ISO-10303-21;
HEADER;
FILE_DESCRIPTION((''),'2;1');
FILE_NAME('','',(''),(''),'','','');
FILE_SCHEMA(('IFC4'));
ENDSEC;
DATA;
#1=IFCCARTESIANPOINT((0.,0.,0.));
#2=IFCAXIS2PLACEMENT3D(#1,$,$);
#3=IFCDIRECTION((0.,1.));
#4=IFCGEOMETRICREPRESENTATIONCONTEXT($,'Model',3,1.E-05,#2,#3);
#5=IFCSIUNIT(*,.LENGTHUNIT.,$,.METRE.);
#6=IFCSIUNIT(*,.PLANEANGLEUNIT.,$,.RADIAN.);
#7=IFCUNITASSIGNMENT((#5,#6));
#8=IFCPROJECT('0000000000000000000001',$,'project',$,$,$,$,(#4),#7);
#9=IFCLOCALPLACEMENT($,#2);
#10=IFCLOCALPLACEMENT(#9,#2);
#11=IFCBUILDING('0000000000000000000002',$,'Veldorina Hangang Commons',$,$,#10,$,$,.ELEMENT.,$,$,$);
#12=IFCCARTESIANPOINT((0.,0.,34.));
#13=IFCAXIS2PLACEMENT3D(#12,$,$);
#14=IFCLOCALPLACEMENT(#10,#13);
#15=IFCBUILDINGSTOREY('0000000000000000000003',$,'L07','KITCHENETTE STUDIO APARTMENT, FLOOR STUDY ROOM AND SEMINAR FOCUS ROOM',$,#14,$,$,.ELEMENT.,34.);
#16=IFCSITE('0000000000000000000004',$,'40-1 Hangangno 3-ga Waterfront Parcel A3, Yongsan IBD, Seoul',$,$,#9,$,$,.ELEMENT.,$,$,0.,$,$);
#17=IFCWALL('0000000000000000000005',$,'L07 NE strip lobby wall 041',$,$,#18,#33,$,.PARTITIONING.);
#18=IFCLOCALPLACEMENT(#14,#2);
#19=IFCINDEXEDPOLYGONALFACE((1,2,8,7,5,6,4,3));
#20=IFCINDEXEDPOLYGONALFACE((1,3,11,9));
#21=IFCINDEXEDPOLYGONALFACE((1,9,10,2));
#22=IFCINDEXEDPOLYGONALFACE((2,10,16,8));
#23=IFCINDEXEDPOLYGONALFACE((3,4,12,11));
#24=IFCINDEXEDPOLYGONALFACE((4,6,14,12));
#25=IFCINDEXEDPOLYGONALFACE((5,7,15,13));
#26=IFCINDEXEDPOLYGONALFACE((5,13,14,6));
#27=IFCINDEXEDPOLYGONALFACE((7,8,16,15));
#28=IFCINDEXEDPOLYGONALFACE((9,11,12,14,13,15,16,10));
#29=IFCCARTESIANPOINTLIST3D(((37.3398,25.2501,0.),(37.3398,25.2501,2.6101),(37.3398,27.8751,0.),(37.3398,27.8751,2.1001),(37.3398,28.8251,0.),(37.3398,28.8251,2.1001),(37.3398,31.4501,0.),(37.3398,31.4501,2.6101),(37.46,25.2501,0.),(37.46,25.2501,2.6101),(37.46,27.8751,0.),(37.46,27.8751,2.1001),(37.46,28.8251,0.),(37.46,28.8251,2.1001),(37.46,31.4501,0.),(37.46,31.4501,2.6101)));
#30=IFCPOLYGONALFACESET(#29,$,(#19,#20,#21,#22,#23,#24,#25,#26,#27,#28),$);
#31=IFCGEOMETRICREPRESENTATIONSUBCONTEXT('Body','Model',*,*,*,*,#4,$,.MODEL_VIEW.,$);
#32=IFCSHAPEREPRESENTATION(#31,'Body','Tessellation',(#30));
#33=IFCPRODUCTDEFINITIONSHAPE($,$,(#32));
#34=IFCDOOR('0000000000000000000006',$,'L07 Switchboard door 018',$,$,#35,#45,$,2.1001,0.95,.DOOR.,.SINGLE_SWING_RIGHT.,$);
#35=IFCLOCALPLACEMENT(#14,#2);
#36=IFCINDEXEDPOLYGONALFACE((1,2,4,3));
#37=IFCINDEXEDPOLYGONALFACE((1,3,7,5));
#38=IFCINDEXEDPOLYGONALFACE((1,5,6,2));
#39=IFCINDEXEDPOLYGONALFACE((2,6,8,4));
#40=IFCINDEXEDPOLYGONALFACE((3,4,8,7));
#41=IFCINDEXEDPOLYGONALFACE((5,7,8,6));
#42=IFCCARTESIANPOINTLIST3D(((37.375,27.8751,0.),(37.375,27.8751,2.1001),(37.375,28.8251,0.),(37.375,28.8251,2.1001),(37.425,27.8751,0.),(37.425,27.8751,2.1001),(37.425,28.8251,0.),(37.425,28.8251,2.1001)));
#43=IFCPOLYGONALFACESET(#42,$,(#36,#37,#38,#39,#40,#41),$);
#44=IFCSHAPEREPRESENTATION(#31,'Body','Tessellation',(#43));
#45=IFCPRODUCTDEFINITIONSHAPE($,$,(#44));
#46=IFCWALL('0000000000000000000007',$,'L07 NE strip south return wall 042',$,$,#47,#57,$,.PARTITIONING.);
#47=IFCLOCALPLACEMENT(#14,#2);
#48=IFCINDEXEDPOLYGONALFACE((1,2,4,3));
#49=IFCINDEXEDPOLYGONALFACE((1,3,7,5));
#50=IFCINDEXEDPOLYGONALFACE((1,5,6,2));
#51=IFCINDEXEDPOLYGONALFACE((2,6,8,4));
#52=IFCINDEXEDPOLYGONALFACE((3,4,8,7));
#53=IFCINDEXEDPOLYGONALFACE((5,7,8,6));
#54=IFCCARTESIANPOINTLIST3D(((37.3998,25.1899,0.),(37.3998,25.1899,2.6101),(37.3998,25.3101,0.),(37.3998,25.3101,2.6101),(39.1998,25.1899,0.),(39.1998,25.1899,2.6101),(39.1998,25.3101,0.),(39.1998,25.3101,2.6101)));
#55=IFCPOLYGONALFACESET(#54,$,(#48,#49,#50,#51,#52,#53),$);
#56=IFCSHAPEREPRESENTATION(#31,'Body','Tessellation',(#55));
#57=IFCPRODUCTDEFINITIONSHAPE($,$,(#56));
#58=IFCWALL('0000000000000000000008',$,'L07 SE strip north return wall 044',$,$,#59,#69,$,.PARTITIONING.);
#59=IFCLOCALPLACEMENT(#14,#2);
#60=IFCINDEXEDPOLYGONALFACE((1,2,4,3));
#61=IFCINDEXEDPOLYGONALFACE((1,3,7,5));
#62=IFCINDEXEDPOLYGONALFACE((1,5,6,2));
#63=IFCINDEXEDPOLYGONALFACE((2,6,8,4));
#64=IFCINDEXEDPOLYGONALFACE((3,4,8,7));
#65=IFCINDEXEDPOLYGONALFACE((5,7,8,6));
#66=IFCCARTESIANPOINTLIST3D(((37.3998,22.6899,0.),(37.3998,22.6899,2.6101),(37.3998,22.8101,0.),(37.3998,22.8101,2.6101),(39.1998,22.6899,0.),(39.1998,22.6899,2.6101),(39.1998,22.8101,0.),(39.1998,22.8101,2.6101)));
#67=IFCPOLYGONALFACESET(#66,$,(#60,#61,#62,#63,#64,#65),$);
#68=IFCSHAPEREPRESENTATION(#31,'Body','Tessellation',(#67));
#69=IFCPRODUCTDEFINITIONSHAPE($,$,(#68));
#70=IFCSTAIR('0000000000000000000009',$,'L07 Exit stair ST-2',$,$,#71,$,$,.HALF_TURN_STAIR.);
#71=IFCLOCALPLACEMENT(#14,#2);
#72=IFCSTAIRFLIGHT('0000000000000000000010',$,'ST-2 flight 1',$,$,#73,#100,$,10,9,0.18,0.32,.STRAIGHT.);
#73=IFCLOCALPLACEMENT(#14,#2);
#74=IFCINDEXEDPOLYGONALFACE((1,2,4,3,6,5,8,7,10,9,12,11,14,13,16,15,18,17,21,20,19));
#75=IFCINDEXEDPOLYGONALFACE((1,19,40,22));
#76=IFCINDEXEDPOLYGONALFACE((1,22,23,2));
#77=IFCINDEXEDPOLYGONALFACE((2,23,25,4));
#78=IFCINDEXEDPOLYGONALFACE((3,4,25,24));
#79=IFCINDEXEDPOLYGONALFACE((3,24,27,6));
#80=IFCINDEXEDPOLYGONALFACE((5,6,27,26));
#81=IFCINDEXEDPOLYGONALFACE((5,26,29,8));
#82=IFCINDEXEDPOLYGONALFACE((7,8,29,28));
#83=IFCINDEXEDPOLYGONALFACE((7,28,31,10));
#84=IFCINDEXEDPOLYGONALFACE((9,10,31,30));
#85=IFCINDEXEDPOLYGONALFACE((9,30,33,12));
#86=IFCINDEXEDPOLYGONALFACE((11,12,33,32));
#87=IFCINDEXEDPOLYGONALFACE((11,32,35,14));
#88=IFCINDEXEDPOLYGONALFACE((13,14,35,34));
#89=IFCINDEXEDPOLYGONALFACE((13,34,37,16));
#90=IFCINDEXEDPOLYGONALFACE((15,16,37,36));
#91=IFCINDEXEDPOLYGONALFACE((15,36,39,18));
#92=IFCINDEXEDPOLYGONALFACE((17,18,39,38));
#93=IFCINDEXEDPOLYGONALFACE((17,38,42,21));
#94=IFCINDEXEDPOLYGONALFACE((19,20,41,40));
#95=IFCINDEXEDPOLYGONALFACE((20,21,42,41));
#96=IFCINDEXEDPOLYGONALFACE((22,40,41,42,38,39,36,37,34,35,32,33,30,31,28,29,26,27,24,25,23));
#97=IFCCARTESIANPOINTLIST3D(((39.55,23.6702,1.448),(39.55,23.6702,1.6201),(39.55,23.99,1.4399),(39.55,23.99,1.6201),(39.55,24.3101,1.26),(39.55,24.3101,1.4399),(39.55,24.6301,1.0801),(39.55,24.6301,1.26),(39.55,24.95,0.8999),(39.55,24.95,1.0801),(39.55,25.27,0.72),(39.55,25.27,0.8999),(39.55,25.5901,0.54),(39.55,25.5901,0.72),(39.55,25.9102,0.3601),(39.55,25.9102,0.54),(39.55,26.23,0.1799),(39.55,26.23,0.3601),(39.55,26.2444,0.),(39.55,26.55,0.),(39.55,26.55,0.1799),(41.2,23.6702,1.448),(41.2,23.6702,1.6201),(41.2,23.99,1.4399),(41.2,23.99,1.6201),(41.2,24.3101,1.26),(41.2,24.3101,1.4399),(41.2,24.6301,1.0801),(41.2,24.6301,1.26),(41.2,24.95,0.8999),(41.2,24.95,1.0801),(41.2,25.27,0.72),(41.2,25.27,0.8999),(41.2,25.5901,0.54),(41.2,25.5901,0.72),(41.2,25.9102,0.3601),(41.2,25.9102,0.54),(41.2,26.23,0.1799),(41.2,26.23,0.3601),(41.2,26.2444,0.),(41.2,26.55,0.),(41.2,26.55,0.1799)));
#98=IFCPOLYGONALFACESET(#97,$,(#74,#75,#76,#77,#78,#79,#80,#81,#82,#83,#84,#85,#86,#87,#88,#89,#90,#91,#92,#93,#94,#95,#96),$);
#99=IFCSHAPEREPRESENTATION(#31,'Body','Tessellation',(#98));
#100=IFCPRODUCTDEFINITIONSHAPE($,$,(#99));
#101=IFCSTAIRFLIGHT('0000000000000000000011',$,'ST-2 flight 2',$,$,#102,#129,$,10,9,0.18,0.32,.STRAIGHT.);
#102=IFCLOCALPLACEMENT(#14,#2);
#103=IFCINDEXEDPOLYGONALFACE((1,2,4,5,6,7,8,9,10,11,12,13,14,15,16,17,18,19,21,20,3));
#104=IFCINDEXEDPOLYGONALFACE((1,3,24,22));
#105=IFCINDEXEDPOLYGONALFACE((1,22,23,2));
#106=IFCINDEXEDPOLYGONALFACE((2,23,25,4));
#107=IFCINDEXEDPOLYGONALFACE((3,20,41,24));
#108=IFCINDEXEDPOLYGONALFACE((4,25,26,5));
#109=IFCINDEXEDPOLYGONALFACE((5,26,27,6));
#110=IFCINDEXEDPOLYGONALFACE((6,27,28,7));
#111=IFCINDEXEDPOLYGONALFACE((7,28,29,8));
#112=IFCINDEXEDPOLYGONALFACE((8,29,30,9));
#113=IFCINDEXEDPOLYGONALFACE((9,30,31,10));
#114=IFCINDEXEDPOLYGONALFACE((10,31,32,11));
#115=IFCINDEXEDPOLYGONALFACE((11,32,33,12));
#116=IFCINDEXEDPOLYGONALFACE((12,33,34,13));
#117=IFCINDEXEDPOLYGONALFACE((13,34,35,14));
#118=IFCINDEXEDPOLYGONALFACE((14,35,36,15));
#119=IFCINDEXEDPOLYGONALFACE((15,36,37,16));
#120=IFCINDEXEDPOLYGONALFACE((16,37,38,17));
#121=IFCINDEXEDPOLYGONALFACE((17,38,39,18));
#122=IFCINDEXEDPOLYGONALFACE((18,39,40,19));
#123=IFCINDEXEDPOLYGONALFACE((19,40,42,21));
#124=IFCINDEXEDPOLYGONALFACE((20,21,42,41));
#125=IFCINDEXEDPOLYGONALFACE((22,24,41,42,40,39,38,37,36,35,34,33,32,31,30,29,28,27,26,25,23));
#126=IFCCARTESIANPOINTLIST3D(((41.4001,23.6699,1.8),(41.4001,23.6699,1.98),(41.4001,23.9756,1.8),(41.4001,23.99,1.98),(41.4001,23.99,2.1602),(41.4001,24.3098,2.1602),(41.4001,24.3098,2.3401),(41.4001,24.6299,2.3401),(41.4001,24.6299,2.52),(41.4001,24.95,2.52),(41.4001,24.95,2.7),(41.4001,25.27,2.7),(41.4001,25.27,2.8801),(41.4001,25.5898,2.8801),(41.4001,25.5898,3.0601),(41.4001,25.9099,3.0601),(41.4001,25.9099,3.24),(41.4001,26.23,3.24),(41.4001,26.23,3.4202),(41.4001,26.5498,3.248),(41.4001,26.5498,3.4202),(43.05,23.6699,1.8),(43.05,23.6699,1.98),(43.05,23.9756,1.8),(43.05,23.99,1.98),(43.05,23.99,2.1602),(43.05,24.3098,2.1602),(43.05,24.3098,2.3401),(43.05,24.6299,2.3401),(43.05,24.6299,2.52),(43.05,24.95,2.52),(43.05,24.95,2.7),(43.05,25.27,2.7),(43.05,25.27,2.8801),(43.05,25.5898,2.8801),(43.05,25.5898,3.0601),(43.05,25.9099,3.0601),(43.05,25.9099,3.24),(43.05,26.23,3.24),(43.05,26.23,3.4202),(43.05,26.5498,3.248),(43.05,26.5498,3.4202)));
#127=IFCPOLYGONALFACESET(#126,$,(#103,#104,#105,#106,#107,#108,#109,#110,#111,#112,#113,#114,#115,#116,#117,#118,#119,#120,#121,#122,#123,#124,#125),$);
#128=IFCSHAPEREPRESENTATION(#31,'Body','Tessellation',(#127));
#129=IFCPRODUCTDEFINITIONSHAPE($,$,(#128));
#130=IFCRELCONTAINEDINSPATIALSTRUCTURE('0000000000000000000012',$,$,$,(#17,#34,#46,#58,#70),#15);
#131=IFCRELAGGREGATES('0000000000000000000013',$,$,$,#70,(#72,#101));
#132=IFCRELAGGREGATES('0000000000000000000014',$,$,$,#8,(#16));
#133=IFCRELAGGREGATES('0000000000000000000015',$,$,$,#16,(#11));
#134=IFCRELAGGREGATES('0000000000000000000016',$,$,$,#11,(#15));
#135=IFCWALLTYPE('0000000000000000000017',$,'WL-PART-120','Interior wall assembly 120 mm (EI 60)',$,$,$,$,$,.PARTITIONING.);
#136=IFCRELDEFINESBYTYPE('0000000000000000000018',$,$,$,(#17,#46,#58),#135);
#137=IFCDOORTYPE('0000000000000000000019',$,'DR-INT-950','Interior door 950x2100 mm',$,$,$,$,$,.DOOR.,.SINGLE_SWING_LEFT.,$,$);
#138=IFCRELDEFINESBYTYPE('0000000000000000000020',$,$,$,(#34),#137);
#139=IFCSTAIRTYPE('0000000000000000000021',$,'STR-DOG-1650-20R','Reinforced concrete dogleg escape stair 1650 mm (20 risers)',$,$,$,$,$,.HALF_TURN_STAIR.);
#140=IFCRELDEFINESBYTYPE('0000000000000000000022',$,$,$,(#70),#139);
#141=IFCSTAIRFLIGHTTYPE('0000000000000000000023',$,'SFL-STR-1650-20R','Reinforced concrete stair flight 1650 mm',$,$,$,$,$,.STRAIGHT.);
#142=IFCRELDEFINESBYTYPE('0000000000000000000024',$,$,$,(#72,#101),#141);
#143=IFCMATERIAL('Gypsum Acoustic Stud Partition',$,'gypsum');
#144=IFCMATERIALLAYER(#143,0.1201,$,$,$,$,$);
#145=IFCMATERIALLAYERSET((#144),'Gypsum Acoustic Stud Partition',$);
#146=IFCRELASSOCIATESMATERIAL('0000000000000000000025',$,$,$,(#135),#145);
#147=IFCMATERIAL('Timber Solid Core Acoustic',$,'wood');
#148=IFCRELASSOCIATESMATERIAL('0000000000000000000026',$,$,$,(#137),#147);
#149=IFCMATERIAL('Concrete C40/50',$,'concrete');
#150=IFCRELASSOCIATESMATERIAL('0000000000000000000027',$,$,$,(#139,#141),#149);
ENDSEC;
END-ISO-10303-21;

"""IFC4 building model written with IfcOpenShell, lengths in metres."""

from ifc_helpers import new_model, si_unit, direction, frame, frame_2d, origin, place, context, subcontext, project, spatial, polyline, rectangle, outline, extrude, material, layer, layer_set, type_object, element, fill, aggregate, save


model = new_model("IFC4")

# Units and contexts
model_context = context("Model", 3, precision=1e-05, world=origin(), true_north=direction((0.0, 1.0)))
body_context = subcontext(model_context, "Body", "Model", "MODEL_VIEW")
ifc_project = project(units=[si_unit("LENGTHUNIT", "METRE"), si_unit("PLANEANGLEUNIT", "RADIAN")], contexts=[model_context])

# Site, building, storey
site_placement = place(None, origin())
site = spatial("IfcSite", under=ifc_project, at=site_placement, Name="40-1 Hangangno 3-ga Waterfront Parcel A3, Yongsan IBD, Seoul", CompositionType="ELEMENT", RefElevation=0.0)
building_placement = place(site_placement, origin())
building = spatial("IfcBuilding", under=site, at=building_placement, Name="Veldorina Hangang Commons", CompositionType="ELEMENT")
storey_placement = place(building_placement, frame((0.0, 0.0, 34.0)))
storey = spatial("IfcBuildingStorey", under=building, at=storey_placement, Name="L07", Description="KITCHENETTE STUDIO APARTMENT, FLOOR STUDY ROOM AND SEMINAR FOCUS ROOM", CompositionType="ELEMENT", Elevation=34.0)

# Wall, opening, door
ifc_material_1 = material(Name="Gypsum Acoustic Stud Partition", Category="gypsum")
ifc_layer_1 = layer(ifc_material_1, 0.1201)
ifc_layer_set_1 = layer_set([ifc_layer_1], Name="Gypsum Acoustic Stud Partition")
wall_type_1 = type_object("IfcWallType", Name="WL-PART-120", Description="Interior wall assembly 120 mm (EI 60)", PredefinedType="PARTITIONING", material=ifc_layer_set_1)
wall_1_placement = place(storey_placement, frame((37.3999, 25.25, 0.0), z_axis=(0.0, 0.0, 1.0), x_axis=(0.0, 1.0, 0.0)))
wall_1 = element("IfcWall", 1, at=wall_1_placement, inside=storey, type_object=wall_type_1, Name="L07 NE strip lobby wall 041", PredefinedType="PARTITIONING", context=body_context, shape_type="SweptSolid", body=[
    extrude(rectangle(XDim=6.2, YDim=0.1201, at=frame_2d((3.1001, 0.0))), origin(), (0.0, 0.0, 1.0), 2.6101),
])
opening_1_placement = place(wall_1_placement, frame((2.625, 0.0, 0.0)))
opening_1 = element("IfcOpeningElement", 2, at=opening_1_placement, cuts=wall_1, PredefinedType="OPENING", context=body_context, shape_type="SweptSolid", body=[
    extrude(rectangle(XDim=0.95, YDim=2.1001, at=frame_2d((0.4751, 1.05))), frame((0.0, 0.0701, 0.0), z_axis=(0.0, -1.0, 0.0), x_axis=(1.0, 0.0, 0.0)), (0.0, 0.0, 1.0), 0.1401),
])
ifc_material_2 = material(Name="Timber Solid Core Acoustic", Category="wood")
door_type_1 = type_object("IfcDoorType", Name="DR-INT-950", Description="Interior door 950x2100 mm", OperationType="SINGLE_SWING_LEFT", PredefinedType="DOOR", material=ifc_material_2)
door_1_placement = place(opening_1_placement, origin())
door_1 = element("IfcDoor", 3, at=door_1_placement, inside=storey, type_object=door_type_1, Name="L07 Switchboard door 018", OperationType="SINGLE_SWING_RIGHT", OverallHeight=2.1001, OverallWidth=0.95, PredefinedType="DOOR", context=body_context, shape_type="SweptSolid", body=[
    extrude(rectangle(XDim=0.95, YDim=2.1001, at=frame_2d((0.4751, 1.05))), frame((0.0, 0.0249, 0.0), z_axis=(0.0, -1.0, 0.0), x_axis=(1.0, 0.0, 0.0)), (0.0, 0.0, 1.0), 0.05),
])
fill(opening_1, door_1)

# Walls
for number, where, z_axis, x_axis, name in (
    (4, (37.3999, 25.25, 0.0), (0.0, 0.0, 1.0), (1.0, 0.0, 0.0), "L07 NE strip south return wall 042"),
    (5, (37.3999, 22.75, 0.0), (0.0, 0.0, 1.0), (1.0, 0.0, 0.0), "L07 SE strip north return wall 044"),
):
    element("IfcWall", number, at=place(storey_placement, frame(where, z_axis=z_axis, x_axis=x_axis)), inside=storey, type_object=wall_type_1, Name=name, PredefinedType="PARTITIONING", context=body_context, shape_type="SweptSolid", body=[
        extrude(rectangle(XDim=1.8, YDim=0.1201, at=frame_2d((0.8999, 0.0))), origin(), (0.0, 0.0, 1.0), 2.6101),
    ])

# Stair, stair flights
ifc_material_3 = material(Name="Concrete C40/50", Category="concrete")
stair_type = type_object("IfcStairType", Name="STR-DOG-1650-20R", Description="Reinforced concrete dogleg escape stair 1650 mm (20 risers)", PredefinedType="HALF_TURN_STAIR", material=ifc_material_3)
stair_placement = place(storey_placement, origin())
stair = element("IfcStair", 6, at=stair_placement, inside=storey, type_object=stair_type, Name="L07 Exit stair ST-2", PredefinedType="HALF_TURN_STAIR")
stair_flight_type = type_object("IfcStairFlightType", Name="SFL-STR-1650-20R", Description="Reinforced concrete stair flight 1650 mm", PredefinedType="STRAIGHT", material=ifc_material_3)
stair_flight_1_placement = place(storey_placement, frame((40.375, 26.55, 0.0), z_axis=(0.0, 0.0, 1.0), x_axis=(0.0, -1.0, 0.0)))
stair_flight_1 = element("IfcStairFlight", 7, at=stair_flight_1_placement, type_object=stair_flight_type, Name="ST-2 flight 1", NumberOfRisers=10, NumberOfTreads=9, PredefinedType="STRAIGHT", RiserHeight=0.18, TreadLength=0.32, context=body_context, shape_type="SweptSolid", body=[
    extrude(outline(polyline([(0.0, 0.0), (0.0, 0.1799), (0.3201, 0.1799), (0.3201, 0.3601), (0.6399, 0.3601), (0.6399, 0.54), (0.96, 0.54), (0.96, 0.72), (1.28, 0.72), (1.28, 0.8999), (1.6001, 0.8999), (1.6001, 1.0801), (1.9199, 1.0801), (1.9199, 1.26), (2.24, 1.26), (2.24, 1.4399), (2.5601, 1.4399), (2.5601, 1.6201), (2.8799, 1.6201), (2.8799, 1.8), (2.8799, 1.448), (0.3057, 0.0), (0.0, 0.0)])), frame((0.0, 0.825, 0.0), z_axis=(0.0, -1.0, 0.0), x_axis=(1.0, 0.0, 0.0)), (0.0, 0.0, 1.0), 1.6499),
])
stair_flight_2_placement = place(storey_placement, frame((42.2251, 23.6699, 1.8), z_axis=(0.0, 0.0, 1.0), x_axis=(0.0, 1.0, 0.0)))
stair_flight_2 = element("IfcStairFlight", 8, at=stair_flight_2_placement, type_object=stair_flight_type, Name="ST-2 flight 2", NumberOfRisers=10, NumberOfTreads=9, PredefinedType="STRAIGHT", RiserHeight=0.18, TreadLength=0.32, context=body_context, shape_type="SweptSolid", body=[
    extrude(outline(polyline([(0.0, 0.0), (0.0, 0.1799), (0.3201, 0.1799), (0.3201, 0.3601), (0.6399, 0.3601), (0.6399, 0.54), (0.96, 0.54), (0.96, 0.72), (1.28, 0.72), (1.28, 0.8999), (1.6001, 0.8999), (1.6001, 1.0801), (1.9199, 1.0801), (1.9199, 1.26), (2.24, 1.26), (2.24, 1.4399), (2.5601, 1.4399), (2.5601, 1.6201), (2.8799, 1.6201), (2.8799, 1.8), (2.8799, 1.448), (0.3057, 0.0), (0.0, 0.0)])), frame((0.0, 0.825, 0.0), z_axis=(0.0, -1.0, 0.0), x_axis=(1.0, 0.0, 0.0)), (0.0, 0.0, 1.0), 1.6499),
])
aggregate(stair, [stair_flight_1, stair_flight_2])

save(model, "model.ifc")
